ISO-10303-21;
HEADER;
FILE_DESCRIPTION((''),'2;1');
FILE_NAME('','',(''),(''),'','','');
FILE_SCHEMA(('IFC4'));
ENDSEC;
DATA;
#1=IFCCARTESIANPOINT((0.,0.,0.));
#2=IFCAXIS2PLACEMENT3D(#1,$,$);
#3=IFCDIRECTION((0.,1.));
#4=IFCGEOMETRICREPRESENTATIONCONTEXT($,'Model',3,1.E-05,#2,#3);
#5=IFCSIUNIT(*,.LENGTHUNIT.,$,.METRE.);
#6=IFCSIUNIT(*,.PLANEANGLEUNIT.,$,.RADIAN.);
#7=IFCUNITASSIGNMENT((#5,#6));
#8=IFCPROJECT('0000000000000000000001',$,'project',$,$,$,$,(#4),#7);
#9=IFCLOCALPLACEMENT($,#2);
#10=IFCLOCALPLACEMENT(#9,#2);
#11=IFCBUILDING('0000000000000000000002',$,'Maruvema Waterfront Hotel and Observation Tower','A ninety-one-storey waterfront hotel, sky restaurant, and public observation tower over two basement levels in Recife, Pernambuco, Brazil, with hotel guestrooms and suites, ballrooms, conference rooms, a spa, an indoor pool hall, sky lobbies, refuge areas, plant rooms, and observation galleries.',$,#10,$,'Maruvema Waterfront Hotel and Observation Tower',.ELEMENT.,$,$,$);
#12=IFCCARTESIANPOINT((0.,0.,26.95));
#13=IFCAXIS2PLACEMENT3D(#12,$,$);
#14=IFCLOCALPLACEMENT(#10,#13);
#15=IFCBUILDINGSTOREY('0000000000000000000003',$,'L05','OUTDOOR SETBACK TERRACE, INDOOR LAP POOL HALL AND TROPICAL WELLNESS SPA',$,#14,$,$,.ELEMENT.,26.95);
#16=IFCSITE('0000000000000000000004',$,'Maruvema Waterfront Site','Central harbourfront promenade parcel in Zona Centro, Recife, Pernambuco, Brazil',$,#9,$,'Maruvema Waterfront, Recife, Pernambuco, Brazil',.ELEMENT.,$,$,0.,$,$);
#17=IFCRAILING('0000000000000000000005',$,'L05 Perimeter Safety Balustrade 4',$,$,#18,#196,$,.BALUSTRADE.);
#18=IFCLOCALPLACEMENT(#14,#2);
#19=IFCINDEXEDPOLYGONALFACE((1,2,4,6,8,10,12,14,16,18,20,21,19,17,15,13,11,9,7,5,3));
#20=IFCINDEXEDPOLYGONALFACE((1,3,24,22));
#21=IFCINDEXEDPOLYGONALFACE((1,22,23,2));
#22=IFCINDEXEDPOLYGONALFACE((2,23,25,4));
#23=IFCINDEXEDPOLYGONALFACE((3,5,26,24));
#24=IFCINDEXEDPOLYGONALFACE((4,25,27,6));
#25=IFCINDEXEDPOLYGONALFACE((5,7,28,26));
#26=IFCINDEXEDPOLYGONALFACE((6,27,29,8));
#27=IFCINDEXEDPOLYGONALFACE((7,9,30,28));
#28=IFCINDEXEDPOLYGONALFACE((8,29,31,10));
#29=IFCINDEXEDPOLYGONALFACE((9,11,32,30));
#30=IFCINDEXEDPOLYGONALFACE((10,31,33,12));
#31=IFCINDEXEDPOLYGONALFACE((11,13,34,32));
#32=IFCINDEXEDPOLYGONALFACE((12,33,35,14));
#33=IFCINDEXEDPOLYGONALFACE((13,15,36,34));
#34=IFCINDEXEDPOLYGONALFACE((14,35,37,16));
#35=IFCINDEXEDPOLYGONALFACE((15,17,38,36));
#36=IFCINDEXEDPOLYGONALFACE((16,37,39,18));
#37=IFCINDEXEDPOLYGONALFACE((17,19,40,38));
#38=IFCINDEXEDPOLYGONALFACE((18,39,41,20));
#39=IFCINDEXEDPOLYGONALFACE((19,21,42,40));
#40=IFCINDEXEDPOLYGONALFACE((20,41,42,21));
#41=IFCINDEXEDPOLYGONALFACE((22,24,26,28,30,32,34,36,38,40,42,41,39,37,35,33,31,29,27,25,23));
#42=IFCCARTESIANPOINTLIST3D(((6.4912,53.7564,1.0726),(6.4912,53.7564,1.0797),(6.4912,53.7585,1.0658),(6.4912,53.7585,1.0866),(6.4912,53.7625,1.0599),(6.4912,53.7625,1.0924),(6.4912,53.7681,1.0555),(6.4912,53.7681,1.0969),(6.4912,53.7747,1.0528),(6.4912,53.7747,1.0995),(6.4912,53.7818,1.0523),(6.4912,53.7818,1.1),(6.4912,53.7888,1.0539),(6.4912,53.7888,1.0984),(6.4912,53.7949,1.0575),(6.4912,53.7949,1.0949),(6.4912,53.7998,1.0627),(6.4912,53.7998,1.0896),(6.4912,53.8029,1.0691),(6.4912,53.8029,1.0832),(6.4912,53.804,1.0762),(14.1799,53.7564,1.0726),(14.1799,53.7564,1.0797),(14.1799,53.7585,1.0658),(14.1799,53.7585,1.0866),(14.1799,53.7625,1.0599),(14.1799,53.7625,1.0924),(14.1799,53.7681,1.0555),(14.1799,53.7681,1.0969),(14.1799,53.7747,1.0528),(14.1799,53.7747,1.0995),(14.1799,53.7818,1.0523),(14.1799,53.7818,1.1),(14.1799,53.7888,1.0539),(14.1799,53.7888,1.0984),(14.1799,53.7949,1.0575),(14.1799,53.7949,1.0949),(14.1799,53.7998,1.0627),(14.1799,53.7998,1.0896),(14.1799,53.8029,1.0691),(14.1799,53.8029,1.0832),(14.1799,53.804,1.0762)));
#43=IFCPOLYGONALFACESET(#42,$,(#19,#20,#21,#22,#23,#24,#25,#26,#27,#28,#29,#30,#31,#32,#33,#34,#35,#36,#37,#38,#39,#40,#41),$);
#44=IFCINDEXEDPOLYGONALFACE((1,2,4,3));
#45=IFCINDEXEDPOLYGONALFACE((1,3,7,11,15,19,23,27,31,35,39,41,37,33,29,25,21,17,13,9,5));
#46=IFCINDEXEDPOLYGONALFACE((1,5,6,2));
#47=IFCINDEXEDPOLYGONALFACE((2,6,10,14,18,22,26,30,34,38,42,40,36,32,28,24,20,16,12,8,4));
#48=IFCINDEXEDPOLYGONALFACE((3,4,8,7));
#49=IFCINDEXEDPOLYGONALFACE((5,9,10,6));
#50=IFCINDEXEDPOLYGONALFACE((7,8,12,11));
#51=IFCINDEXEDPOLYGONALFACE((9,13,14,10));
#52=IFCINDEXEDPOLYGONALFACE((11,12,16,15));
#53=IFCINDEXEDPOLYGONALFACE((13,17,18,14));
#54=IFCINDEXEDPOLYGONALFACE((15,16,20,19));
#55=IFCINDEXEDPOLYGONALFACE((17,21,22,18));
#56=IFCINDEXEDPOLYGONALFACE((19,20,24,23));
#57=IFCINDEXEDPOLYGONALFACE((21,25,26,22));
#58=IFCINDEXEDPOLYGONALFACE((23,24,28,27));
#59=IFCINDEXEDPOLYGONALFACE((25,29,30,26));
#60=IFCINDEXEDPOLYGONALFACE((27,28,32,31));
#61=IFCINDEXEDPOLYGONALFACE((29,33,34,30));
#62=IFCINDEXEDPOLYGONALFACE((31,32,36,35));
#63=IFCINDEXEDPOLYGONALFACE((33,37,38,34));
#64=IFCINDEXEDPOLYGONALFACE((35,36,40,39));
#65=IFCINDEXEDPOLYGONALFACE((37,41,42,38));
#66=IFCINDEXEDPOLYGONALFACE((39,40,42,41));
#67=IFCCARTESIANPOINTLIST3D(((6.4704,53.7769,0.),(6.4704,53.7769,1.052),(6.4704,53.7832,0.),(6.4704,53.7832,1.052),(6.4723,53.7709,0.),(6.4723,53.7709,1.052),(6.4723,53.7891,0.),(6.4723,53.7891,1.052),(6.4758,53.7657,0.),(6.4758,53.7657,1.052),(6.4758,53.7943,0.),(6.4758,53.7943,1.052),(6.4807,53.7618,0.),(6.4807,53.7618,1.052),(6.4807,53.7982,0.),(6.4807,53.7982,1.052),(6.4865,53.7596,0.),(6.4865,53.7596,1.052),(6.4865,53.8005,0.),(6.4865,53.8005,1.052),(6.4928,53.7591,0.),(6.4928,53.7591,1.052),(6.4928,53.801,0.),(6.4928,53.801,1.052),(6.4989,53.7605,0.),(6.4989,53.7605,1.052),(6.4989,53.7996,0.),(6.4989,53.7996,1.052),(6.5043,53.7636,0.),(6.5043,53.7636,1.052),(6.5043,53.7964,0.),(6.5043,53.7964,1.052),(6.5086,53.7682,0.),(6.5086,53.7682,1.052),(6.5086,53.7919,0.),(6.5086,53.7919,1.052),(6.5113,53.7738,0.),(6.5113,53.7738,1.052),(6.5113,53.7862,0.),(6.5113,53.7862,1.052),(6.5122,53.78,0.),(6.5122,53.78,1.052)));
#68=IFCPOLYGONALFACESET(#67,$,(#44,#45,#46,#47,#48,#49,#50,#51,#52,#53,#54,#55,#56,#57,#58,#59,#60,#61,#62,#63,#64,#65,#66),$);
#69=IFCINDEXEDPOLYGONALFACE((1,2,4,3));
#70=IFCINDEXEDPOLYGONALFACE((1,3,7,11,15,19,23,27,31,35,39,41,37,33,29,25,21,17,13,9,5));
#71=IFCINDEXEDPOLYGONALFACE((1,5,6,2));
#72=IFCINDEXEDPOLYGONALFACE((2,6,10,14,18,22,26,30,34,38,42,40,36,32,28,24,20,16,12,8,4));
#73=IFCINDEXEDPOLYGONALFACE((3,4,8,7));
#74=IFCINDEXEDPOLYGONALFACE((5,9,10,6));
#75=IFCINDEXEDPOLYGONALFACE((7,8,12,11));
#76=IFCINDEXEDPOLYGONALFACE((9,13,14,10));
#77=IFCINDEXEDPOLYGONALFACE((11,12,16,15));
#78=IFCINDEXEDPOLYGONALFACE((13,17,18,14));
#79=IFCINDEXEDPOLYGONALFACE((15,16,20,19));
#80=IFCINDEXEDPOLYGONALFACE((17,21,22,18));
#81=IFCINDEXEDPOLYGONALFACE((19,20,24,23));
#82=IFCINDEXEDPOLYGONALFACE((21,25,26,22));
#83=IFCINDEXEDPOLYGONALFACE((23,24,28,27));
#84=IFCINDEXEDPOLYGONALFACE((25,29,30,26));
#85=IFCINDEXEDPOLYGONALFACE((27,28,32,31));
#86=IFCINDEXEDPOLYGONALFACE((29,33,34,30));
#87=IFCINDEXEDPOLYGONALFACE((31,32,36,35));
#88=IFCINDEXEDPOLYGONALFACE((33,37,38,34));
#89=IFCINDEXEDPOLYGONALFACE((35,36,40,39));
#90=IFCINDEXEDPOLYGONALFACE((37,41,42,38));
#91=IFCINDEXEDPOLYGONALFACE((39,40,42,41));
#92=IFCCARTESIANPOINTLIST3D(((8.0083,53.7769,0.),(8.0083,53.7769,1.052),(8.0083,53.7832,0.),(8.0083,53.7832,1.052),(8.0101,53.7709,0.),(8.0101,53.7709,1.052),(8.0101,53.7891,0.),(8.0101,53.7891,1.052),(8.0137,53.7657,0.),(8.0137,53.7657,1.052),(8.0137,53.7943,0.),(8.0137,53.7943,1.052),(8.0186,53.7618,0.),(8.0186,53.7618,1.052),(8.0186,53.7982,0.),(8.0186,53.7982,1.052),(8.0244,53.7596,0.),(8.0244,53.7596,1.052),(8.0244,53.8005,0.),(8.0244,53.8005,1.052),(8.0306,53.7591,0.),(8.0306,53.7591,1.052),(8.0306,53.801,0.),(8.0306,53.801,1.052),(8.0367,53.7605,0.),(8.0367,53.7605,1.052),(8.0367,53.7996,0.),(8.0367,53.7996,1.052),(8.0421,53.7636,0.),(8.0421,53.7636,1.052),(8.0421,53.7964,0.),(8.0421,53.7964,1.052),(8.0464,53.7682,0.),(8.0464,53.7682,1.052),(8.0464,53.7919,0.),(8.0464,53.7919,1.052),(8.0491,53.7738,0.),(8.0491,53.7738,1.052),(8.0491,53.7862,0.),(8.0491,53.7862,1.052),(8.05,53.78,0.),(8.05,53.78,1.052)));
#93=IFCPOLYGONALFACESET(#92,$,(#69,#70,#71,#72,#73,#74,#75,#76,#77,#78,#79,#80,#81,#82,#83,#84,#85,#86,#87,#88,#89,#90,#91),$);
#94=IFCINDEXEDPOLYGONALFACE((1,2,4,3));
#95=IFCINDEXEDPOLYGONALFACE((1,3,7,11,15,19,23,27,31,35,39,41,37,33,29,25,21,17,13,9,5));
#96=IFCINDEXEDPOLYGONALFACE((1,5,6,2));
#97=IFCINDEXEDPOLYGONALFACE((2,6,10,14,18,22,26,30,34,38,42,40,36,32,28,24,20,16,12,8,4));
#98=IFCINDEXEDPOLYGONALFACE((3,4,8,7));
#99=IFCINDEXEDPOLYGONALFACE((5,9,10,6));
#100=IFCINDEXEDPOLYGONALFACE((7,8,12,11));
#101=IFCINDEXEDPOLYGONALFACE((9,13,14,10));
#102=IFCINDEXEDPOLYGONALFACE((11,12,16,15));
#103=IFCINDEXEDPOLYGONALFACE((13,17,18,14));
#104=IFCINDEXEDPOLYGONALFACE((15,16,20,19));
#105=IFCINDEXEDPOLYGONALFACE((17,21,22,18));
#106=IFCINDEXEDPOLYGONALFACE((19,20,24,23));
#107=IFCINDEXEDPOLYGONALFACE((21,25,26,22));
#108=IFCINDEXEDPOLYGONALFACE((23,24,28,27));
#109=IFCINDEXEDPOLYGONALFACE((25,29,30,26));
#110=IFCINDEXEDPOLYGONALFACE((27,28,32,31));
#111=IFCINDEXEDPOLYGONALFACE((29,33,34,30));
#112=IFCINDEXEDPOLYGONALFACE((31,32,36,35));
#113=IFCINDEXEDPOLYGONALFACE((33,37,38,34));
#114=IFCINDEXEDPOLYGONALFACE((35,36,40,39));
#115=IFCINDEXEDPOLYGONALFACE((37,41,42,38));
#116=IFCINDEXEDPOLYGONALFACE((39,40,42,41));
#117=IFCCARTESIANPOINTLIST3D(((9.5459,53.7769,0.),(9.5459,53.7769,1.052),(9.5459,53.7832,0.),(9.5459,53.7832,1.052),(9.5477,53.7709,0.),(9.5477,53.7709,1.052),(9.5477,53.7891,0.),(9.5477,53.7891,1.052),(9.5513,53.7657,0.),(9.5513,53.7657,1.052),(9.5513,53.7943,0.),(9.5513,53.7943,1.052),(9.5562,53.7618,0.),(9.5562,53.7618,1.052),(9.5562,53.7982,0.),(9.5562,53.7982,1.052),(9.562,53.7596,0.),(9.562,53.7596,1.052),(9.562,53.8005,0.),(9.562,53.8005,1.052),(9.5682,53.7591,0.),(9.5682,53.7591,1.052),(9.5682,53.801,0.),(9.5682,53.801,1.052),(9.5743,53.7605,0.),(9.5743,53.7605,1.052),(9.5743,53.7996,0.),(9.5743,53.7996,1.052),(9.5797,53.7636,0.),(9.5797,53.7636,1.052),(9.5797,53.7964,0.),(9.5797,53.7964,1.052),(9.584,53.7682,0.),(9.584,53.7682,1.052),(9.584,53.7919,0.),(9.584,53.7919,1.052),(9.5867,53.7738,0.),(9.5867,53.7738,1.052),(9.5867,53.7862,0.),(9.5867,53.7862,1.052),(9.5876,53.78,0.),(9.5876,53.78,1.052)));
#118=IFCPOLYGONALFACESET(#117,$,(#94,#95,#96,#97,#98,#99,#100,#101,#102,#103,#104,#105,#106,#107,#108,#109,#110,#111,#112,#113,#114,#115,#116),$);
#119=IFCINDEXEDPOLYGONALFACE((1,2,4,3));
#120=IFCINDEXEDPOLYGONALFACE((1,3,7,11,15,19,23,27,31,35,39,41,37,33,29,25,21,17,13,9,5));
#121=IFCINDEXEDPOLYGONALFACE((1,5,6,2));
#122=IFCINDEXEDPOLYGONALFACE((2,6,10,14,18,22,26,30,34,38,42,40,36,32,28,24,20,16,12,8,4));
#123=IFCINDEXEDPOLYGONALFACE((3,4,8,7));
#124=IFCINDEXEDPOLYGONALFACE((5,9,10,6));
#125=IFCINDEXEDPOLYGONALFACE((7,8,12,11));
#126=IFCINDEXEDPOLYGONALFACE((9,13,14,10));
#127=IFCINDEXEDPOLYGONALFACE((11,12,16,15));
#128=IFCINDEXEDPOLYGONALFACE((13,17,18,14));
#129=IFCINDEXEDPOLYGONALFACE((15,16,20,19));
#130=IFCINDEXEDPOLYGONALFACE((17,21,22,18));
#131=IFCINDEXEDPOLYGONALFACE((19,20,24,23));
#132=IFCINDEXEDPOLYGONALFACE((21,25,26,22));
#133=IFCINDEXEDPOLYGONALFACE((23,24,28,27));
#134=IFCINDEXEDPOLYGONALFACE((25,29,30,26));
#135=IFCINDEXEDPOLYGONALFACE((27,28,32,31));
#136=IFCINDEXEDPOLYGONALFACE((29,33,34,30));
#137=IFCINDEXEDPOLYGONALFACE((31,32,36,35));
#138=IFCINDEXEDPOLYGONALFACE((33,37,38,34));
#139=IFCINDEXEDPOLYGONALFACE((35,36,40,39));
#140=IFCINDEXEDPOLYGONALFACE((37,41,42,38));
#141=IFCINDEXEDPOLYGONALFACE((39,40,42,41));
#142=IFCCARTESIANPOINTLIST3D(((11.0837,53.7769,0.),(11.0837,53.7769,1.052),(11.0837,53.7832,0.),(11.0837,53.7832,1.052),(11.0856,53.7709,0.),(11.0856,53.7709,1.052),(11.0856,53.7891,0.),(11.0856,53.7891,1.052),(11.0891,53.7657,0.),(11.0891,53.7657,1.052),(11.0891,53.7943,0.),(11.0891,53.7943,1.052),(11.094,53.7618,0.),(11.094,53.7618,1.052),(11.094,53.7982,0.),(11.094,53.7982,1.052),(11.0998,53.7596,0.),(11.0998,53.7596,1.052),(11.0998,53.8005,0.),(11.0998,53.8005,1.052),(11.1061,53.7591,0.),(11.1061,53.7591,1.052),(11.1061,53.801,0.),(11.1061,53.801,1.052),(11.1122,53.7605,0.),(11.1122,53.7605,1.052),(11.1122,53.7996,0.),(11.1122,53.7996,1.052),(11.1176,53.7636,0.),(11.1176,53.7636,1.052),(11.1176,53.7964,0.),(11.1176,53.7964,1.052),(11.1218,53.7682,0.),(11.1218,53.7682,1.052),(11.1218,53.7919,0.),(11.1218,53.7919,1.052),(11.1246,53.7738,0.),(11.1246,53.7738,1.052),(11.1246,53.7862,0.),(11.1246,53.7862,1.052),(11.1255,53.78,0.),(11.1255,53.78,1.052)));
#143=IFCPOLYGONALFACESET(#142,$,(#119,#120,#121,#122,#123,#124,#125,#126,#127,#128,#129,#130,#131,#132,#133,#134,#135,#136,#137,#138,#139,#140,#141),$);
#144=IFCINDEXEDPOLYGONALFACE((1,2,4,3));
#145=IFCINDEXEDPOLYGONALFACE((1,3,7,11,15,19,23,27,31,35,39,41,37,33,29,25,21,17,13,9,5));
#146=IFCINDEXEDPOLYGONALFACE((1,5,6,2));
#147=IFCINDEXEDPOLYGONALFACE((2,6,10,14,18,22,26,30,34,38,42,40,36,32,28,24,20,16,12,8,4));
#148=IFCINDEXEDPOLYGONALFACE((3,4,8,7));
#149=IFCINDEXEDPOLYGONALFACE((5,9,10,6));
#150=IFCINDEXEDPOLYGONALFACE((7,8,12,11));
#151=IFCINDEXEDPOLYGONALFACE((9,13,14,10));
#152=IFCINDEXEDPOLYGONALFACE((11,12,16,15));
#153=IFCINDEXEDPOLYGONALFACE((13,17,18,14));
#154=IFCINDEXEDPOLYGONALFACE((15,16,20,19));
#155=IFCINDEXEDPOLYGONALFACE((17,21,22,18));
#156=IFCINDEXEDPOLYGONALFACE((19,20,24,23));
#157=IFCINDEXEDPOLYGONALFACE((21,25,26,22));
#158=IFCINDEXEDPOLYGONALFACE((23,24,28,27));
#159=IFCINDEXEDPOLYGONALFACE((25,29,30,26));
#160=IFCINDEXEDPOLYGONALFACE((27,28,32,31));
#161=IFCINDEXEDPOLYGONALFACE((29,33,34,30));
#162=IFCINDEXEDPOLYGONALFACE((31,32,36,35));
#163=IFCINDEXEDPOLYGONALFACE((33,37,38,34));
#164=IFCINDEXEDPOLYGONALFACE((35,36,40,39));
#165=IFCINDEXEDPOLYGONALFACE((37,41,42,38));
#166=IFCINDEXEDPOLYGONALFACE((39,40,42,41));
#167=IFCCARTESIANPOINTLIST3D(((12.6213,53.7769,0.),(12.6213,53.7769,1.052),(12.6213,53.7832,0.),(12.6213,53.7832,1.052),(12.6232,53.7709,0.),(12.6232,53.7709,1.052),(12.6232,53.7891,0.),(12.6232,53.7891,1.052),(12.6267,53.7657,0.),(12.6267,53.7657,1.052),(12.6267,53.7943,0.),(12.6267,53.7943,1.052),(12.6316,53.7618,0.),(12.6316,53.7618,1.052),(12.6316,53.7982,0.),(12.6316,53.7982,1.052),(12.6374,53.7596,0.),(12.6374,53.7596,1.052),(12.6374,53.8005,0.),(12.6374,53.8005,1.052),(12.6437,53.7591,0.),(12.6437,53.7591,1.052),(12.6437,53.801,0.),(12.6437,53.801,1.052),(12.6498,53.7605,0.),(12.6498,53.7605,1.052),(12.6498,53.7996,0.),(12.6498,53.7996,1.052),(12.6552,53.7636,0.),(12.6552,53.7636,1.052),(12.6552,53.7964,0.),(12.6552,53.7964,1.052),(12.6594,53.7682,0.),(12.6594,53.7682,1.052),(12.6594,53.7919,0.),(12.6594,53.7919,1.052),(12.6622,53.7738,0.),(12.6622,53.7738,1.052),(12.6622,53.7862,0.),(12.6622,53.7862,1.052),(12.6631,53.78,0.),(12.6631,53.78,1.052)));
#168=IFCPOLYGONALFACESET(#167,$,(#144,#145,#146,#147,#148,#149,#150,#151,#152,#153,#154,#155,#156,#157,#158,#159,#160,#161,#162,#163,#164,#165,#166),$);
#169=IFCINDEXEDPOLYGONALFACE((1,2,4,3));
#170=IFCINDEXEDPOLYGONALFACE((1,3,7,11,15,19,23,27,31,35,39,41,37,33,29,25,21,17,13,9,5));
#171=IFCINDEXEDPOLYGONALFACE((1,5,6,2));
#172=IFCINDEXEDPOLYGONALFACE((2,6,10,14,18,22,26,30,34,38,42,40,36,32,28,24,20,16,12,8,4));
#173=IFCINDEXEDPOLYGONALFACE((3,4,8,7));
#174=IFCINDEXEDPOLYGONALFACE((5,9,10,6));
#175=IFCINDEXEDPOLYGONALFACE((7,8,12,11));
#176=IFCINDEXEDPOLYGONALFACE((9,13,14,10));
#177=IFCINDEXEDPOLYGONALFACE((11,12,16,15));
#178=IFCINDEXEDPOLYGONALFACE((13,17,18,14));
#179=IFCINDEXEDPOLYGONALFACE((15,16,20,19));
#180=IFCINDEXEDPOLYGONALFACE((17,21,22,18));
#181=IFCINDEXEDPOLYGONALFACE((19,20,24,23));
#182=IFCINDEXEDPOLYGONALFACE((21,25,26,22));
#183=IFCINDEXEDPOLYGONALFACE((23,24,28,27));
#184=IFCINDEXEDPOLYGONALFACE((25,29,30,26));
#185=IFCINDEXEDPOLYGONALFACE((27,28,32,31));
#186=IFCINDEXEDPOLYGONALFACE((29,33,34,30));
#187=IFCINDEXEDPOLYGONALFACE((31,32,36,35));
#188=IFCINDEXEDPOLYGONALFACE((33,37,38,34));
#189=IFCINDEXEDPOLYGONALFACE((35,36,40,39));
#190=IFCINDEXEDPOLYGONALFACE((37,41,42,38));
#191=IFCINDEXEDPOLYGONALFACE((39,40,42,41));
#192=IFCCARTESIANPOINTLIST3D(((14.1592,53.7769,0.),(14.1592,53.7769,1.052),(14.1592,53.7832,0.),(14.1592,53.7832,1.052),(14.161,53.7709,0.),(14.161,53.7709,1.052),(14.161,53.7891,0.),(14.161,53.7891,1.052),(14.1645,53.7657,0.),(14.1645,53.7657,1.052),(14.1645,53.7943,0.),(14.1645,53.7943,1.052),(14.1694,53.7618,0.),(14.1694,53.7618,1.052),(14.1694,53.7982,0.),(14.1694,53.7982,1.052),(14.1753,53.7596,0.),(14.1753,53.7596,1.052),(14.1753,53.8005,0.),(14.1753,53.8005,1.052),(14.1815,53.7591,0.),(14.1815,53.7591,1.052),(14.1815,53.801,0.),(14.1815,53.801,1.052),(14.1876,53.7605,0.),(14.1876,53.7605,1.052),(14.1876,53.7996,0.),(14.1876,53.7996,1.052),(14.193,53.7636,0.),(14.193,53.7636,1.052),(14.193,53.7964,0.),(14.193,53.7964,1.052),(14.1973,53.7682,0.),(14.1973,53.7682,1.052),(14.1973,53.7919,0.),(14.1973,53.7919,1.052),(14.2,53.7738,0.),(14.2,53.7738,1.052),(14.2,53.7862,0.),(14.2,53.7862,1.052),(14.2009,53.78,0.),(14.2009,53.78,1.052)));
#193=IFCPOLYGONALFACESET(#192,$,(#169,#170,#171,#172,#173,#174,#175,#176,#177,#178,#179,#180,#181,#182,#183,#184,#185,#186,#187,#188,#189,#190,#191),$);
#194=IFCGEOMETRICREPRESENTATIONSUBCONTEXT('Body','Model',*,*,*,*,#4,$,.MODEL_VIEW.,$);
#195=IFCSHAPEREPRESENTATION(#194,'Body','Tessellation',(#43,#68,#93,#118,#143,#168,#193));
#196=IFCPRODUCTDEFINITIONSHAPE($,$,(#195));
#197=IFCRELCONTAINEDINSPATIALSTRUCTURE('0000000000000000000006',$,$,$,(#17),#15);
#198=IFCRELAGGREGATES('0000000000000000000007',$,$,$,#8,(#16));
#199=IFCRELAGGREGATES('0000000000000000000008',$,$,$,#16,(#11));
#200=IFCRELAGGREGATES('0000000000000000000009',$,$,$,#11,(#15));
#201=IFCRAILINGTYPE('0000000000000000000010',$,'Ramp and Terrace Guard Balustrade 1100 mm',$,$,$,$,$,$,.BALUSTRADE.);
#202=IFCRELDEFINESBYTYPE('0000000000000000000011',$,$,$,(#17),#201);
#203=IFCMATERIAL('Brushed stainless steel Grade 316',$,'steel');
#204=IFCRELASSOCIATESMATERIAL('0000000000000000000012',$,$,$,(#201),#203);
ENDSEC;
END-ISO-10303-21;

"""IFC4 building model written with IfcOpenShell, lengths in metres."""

from ifc_helpers import new_model, si_unit, direction, frame, origin, origin_2d, place, context, subcontext, project, spatial, circle, extrude, material, type_object, element, save


model = new_model("IFC4")

# Units and contexts
model_context = context("Model", 3, precision=1e-05, world=origin(), true_north=direction((0.0, 1.0)))
body_context = subcontext(model_context, "Body", "Model", "MODEL_VIEW")
ifc_project = project(units=[si_unit("LENGTHUNIT", "METRE"), si_unit("PLANEANGLEUNIT", "RADIAN")], contexts=[model_context])

# Site, building, storey
site_placement = place(None, origin())
site = spatial("IfcSite", under=ifc_project, at=site_placement, Name="Maruvema Waterfront Site", Description="Central harbourfront promenade parcel in Zona Centro, Recife, Pernambuco, Brazil", LongName="Maruvema Waterfront, Recife, Pernambuco, Brazil", CompositionType="ELEMENT", RefElevation=0.0)
building_placement = place(site_placement, origin())
building = spatial("IfcBuilding", under=site, at=building_placement, Name="Maruvema Waterfront Hotel and Observation Tower", Description="A ninety-one-storey waterfront hotel, sky restaurant, and public observation tower over two basement levels in Recife, Pernambuco, Brazil, with hotel guestrooms and suites, ballrooms, conference rooms, a spa, an indoor pool hall, sky lobbies, refuge areas, plant rooms, and observation galleries.", LongName="Maruvema Waterfront Hotel and Observation Tower", CompositionType="ELEMENT")
storey_placement = place(building_placement, frame((0.0, 0.0, 26.95)))
storey = spatial("IfcBuildingStorey", under=building, at=storey_placement, Name="L05", Description="OUTDOOR SETBACK TERRACE, INDOOR LAP POOL HALL AND TROPICAL WELLNESS SPA", CompositionType="ELEMENT", Elevation=26.95)

# Railing
ifc_material_1 = material(Name="Brushed stainless steel Grade 316", Category="steel")
railing_type = type_object("IfcRailingType", Name="Ramp and Terrace Guard Balustrade 1100 mm", PredefinedType="BALUSTRADE", material=ifc_material_1)
railing_1_placement = place(storey_placement, frame((6.4912, 53.78, 0.0)))
element("IfcRailing", 1, at=railing_1_placement, inside=storey, type_object=railing_type, Name="L05 Perimeter Safety Balustrade 4", PredefinedType="BALUSTRADE", context=body_context, shape_type="SweptSolid", body=[
    extrude(circle(Radius=0.0239, at=origin_2d()), frame((0.0, 0.0, 1.0762), z_axis=(1.0, 0.0, 0.0), x_axis=(0.0, 1.0, 0.0)), (0.0, 0.0, 1.0), 7.6887),
    extrude(circle(Radius=0.021, at=origin_2d()), origin(), (0.0, 0.0, 1.0), 1.052),
    extrude(circle(Radius=0.021, at=origin_2d()), frame((1.5378, 0.0, 0.0)), (0.0, 0.0, 1.0), 1.052),
    extrude(circle(Radius=0.021, at=origin_2d()), frame((3.0754, 0.0, 0.0)), (0.0, 0.0, 1.0), 1.052),
    extrude(circle(Radius=0.021, at=origin_2d()), frame((4.6133, 0.0, 0.0)), (0.0, 0.0, 1.0), 1.052),
    extrude(circle(Radius=0.021, at=origin_2d()), frame((6.1509, 0.0, 0.0)), (0.0, 0.0, 1.0), 1.052),
    extrude(circle(Radius=0.021, at=origin_2d()), frame((7.6887, 0.0, 0.0)), (0.0, 0.0, 1.0), 1.052),
])

save(model, "model.ifc")
